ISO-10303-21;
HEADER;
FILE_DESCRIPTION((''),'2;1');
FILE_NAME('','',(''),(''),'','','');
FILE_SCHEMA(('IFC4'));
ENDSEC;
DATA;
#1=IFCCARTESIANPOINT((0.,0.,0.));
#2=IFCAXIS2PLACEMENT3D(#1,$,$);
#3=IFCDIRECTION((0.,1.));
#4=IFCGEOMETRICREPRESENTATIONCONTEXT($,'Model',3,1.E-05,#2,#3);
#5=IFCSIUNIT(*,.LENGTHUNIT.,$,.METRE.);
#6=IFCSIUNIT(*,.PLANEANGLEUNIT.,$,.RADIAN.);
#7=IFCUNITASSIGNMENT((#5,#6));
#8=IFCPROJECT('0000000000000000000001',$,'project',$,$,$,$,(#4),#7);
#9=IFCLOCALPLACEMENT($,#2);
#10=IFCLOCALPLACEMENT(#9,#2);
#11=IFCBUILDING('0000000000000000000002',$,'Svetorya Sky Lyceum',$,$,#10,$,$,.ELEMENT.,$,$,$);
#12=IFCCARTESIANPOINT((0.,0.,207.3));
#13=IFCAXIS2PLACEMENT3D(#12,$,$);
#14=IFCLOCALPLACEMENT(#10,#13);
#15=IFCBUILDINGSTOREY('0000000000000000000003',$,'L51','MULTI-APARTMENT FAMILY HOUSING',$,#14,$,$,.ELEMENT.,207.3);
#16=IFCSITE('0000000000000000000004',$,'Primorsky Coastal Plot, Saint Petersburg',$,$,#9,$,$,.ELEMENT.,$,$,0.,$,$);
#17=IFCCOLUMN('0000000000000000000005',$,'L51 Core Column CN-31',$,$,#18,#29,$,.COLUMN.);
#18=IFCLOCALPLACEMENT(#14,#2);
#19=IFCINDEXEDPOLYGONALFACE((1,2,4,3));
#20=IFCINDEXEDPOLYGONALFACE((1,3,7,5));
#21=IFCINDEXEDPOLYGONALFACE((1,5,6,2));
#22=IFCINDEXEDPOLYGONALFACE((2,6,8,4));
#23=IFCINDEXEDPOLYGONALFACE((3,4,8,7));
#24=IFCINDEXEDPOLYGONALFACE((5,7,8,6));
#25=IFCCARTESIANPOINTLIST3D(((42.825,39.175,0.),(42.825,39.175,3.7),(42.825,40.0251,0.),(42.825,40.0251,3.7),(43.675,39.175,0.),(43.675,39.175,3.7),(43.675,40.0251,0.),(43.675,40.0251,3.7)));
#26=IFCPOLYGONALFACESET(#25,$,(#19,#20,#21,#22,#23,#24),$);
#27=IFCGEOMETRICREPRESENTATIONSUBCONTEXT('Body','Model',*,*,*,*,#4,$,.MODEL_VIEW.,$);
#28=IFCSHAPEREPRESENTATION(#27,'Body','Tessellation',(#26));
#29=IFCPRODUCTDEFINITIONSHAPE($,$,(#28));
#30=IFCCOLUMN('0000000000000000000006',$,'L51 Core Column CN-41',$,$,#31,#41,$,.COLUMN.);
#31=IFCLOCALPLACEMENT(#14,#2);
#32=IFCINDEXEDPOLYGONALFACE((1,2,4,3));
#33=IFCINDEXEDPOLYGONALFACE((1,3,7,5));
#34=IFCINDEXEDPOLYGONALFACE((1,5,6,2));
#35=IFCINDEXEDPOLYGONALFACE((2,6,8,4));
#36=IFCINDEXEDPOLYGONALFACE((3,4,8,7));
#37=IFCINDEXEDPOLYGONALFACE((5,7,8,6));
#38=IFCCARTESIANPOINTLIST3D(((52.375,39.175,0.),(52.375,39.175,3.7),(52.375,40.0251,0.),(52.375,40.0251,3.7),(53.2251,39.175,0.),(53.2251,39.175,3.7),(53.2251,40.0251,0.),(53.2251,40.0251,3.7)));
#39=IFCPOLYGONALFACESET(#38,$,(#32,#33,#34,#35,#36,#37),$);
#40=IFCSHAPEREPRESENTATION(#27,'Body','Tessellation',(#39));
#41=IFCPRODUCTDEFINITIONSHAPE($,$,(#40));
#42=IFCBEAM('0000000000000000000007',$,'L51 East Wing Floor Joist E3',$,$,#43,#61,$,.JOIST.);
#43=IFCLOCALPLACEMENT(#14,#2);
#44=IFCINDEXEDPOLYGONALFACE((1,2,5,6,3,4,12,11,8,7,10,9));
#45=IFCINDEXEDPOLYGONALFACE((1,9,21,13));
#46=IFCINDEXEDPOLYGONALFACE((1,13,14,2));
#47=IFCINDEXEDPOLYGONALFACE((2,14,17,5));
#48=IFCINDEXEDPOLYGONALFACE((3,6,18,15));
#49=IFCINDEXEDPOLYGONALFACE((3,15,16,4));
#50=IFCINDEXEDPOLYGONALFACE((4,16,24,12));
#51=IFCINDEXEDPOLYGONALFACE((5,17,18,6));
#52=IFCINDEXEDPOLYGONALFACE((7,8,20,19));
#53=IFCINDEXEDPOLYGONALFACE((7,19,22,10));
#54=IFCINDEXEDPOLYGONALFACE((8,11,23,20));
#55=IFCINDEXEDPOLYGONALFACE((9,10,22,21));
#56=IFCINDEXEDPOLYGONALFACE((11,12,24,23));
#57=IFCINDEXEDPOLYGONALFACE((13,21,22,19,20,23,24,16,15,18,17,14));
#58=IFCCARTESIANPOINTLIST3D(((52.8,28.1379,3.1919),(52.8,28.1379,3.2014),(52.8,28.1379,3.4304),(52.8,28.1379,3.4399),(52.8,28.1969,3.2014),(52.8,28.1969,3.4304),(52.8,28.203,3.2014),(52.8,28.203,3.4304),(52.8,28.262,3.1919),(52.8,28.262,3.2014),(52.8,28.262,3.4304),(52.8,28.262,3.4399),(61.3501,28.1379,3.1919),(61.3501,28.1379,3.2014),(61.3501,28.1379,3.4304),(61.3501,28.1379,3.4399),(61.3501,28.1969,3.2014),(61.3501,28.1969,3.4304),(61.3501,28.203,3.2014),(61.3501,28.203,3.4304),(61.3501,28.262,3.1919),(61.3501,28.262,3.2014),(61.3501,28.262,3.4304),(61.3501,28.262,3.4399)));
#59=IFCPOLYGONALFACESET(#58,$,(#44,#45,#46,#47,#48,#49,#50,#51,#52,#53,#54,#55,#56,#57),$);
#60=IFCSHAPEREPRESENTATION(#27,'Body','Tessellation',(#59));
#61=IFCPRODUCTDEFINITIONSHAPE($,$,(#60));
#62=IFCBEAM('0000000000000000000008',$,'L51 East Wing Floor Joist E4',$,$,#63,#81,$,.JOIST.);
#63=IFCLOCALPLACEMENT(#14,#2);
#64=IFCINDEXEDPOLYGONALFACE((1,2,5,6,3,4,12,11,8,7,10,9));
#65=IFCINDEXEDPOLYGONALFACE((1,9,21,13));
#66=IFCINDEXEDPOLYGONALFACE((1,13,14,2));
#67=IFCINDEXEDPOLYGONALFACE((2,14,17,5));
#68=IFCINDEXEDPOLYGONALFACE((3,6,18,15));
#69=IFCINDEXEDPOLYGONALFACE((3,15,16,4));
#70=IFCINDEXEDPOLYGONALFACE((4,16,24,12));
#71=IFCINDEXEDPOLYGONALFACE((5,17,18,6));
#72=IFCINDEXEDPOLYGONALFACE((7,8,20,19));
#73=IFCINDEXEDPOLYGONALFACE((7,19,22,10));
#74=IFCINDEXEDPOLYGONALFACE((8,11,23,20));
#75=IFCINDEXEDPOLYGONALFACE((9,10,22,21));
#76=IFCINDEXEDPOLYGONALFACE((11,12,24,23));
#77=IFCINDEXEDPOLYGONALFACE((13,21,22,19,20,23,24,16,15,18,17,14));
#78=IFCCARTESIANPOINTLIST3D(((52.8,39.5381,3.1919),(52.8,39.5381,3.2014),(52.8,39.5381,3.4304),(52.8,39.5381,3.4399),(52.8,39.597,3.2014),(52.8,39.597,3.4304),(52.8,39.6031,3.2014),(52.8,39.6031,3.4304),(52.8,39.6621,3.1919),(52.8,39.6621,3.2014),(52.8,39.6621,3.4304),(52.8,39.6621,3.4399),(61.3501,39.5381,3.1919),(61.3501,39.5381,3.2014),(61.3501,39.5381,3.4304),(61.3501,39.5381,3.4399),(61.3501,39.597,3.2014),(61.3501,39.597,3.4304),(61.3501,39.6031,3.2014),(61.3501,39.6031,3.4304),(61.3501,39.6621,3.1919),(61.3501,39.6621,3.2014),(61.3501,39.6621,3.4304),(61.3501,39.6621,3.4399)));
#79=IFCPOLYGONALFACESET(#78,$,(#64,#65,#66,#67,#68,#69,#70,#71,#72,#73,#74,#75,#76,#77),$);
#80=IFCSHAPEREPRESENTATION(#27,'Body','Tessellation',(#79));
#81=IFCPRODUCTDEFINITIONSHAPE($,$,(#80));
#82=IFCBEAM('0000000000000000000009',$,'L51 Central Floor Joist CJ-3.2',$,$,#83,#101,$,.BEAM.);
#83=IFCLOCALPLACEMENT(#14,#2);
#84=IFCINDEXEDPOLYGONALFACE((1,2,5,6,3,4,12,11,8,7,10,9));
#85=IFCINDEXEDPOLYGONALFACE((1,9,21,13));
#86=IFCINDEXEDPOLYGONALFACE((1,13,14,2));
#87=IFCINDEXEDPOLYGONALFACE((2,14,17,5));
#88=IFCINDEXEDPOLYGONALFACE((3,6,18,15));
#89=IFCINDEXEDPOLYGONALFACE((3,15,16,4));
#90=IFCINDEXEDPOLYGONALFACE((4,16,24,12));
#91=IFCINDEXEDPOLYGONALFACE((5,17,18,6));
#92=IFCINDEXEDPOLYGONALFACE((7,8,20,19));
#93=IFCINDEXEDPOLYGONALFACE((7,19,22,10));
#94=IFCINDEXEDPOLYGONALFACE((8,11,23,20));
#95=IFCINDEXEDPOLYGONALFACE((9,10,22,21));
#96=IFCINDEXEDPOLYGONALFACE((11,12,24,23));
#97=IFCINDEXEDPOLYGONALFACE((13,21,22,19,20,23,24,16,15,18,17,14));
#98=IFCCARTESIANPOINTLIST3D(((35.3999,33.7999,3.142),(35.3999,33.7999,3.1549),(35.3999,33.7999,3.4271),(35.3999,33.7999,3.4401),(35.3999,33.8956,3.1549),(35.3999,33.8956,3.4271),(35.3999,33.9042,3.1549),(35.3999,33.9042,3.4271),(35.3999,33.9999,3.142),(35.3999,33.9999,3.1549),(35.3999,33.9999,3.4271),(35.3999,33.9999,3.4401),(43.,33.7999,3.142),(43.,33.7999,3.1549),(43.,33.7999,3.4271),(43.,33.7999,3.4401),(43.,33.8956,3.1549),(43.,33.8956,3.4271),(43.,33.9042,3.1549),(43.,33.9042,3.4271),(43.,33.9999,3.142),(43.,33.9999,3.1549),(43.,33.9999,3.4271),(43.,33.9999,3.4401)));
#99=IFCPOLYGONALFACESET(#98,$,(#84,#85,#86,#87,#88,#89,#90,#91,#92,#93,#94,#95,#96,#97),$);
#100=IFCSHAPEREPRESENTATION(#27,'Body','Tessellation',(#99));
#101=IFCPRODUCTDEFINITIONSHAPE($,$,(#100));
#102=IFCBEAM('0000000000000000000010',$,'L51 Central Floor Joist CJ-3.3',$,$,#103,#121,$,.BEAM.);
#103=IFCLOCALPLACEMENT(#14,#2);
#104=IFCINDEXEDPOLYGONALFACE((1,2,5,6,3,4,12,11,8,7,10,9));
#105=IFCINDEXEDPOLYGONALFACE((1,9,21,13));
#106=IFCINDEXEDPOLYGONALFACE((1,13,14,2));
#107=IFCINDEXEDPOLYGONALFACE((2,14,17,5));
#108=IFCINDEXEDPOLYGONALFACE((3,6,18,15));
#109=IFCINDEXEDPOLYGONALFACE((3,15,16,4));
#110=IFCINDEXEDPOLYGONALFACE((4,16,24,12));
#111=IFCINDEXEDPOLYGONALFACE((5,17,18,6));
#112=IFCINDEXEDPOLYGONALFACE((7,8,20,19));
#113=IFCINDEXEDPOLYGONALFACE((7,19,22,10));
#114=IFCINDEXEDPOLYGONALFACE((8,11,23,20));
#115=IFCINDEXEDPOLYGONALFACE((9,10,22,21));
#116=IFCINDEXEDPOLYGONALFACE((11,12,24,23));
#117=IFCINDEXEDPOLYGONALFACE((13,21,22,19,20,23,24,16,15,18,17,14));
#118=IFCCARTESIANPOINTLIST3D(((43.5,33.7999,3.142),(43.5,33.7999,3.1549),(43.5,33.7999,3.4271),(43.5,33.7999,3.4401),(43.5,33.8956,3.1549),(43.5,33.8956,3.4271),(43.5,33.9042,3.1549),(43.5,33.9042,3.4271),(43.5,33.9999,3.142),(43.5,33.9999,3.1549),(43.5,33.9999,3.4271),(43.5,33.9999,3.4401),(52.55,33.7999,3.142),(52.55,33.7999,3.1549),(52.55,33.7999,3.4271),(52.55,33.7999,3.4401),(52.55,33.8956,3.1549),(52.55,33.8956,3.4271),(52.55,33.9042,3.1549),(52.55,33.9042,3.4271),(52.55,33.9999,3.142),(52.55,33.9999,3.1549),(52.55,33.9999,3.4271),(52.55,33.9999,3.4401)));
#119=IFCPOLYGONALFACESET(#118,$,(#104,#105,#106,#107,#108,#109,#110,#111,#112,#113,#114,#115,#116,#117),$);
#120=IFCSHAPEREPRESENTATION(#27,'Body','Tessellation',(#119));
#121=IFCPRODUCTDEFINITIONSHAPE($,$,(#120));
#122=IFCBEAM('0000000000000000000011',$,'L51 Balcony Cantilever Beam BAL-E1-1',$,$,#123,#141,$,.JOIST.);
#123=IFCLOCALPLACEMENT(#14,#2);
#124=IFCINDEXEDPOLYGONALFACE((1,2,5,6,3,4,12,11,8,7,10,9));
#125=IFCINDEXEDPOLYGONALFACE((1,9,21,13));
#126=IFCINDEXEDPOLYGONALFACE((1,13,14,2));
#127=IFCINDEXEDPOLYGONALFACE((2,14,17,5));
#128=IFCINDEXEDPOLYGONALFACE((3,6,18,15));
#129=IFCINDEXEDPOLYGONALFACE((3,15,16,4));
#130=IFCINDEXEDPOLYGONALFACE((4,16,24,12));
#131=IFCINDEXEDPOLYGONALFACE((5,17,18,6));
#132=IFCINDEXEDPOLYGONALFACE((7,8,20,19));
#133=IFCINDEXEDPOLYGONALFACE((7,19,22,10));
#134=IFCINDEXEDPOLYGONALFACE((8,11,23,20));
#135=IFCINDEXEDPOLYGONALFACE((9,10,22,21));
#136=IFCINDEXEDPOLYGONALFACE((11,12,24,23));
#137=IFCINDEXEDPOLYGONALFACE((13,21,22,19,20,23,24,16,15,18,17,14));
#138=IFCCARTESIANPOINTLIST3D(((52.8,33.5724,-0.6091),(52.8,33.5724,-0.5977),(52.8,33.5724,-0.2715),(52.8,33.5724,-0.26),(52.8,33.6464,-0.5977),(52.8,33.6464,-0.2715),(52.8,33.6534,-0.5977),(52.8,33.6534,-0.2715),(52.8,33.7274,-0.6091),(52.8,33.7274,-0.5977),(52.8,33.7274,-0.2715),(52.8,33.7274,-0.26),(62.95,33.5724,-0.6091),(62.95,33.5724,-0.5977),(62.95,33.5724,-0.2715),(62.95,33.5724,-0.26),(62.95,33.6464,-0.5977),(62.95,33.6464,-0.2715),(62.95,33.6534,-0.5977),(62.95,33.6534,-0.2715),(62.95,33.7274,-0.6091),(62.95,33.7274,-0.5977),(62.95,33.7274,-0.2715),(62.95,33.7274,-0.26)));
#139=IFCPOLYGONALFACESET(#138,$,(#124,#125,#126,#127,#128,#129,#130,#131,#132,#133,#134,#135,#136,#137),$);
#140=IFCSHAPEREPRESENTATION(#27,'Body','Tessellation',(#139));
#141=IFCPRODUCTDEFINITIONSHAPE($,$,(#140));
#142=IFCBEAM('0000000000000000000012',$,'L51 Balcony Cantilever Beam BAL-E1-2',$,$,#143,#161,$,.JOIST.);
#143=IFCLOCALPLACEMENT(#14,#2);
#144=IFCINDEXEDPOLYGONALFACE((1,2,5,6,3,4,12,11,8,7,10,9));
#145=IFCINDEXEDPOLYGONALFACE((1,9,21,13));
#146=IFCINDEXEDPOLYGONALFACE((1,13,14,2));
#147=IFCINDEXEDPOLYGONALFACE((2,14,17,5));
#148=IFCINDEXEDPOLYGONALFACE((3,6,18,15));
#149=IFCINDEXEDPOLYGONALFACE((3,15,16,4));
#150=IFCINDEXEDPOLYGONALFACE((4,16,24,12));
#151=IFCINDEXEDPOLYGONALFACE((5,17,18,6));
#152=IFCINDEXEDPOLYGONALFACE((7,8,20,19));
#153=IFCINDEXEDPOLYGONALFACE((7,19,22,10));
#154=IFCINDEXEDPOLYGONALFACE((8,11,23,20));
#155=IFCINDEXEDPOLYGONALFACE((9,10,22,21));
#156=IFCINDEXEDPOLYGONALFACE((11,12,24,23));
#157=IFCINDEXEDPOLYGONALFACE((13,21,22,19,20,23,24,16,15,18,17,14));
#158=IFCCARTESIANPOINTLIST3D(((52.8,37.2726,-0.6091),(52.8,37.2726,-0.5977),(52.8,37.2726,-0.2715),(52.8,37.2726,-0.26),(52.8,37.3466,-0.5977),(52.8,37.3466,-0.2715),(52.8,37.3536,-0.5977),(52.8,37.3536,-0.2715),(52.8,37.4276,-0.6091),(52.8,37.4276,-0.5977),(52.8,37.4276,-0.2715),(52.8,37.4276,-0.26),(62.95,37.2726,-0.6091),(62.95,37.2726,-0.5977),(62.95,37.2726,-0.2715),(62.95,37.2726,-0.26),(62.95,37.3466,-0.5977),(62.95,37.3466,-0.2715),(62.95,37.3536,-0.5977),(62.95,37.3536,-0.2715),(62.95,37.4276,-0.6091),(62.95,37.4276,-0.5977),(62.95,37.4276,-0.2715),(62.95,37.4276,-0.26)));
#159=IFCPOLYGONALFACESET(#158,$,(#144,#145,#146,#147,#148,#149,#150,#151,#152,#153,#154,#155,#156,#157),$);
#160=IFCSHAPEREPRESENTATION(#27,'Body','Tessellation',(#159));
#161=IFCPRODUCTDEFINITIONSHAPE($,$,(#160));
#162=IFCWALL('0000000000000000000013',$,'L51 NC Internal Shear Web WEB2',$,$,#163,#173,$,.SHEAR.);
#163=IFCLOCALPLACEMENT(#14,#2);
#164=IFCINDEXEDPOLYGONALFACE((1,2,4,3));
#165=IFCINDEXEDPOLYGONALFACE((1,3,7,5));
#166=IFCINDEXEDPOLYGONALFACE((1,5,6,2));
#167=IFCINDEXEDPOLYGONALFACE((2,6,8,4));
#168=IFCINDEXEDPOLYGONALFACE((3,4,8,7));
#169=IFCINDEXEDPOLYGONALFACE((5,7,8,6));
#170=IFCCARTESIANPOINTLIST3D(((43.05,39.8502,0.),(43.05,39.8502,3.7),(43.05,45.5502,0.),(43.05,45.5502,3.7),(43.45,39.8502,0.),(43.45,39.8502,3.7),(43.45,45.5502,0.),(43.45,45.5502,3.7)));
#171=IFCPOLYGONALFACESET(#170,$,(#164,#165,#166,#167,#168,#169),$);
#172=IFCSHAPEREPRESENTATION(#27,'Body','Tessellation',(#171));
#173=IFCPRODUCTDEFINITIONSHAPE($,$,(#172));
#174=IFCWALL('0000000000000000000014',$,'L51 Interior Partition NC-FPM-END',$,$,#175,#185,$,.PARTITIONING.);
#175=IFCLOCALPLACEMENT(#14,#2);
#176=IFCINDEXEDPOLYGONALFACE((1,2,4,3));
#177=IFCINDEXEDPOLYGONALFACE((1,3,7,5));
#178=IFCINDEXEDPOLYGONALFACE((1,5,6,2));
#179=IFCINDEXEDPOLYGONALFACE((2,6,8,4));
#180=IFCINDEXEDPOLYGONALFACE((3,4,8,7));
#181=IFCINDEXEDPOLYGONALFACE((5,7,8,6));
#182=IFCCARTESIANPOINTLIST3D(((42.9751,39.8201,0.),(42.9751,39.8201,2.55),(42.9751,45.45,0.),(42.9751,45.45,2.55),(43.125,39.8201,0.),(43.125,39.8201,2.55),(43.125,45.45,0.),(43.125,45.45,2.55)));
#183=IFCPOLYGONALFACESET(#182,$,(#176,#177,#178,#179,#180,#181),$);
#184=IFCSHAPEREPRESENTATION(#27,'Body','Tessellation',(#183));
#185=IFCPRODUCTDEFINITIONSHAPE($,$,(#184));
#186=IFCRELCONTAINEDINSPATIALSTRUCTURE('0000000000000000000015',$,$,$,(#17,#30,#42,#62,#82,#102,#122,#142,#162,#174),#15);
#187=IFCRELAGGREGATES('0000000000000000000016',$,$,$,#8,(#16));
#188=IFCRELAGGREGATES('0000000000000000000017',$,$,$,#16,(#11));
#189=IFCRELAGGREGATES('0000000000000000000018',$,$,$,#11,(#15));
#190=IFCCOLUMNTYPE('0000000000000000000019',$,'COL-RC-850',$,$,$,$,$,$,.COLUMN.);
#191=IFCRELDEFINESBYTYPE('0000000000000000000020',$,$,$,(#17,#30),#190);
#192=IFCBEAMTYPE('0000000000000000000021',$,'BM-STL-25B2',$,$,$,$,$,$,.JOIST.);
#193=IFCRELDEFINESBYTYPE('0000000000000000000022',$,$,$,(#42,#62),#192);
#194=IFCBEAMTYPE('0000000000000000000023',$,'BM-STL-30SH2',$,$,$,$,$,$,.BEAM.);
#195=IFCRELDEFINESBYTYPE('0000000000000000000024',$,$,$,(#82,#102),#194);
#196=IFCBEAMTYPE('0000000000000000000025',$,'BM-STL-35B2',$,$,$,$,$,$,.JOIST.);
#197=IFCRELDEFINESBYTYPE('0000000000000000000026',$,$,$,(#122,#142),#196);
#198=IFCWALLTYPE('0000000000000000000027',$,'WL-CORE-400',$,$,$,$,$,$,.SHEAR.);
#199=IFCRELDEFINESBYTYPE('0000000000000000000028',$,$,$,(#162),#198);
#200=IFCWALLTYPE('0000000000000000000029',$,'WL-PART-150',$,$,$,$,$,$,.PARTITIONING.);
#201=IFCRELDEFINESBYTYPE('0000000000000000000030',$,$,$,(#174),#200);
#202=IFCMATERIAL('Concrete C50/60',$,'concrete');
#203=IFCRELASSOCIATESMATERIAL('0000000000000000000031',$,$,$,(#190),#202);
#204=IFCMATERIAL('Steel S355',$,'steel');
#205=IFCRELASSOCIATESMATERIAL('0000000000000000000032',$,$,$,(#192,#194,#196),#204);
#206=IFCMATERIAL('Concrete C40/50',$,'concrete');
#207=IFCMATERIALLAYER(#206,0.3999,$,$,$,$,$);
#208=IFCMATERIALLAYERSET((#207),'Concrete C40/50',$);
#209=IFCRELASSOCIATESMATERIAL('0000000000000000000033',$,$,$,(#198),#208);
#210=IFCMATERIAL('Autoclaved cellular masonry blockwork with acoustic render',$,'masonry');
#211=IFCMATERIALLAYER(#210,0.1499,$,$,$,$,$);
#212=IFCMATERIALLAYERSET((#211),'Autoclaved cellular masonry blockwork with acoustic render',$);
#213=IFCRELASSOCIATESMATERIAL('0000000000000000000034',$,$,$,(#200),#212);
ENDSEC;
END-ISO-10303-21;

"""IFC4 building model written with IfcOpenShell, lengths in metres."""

from ifc_helpers import new_model, si_unit, direction, frame, frame_2d, origin, origin_2d, place, context, subcontext, project, spatial, rectangle, i_section, extrude, material, layer, layer_set, material_profile, profile_set, type_object, element, save


model = new_model("IFC4")

# Units and contexts
model_context = context("Model", 3, precision=1e-05, world=origin(), true_north=direction((0.0, 1.0)))
body_context = subcontext(model_context, "Body", "Model", "MODEL_VIEW")
ifc_project = project(units=[si_unit("LENGTHUNIT", "METRE"), si_unit("PLANEANGLEUNIT", "RADIAN")], contexts=[model_context])

# Site, building, storey
site_placement = place(None, origin())
site = spatial("IfcSite", under=ifc_project, at=site_placement, Name="Primorsky Coastal Plot, Saint Petersburg", CompositionType="ELEMENT", RefElevation=0.0)
building_placement = place(site_placement, origin())
building = spatial("IfcBuilding", under=site, at=building_placement, Name="Svetorya Sky Lyceum", CompositionType="ELEMENT")
storey_placement = place(building_placement, frame((0.0, 0.0, 207.3)))
storey = spatial("IfcBuildingStorey", under=building, at=storey_placement, Name="L51", Description="MULTI-APARTMENT FAMILY HOUSING", CompositionType="ELEMENT", Elevation=207.3)

# Columns
ifc_material_1 = material(Name="Concrete C50/60", Category="concrete")
ifc_material_profile_1 = material_profile(ifc_material_1, rectangle(XDim=0.8501, YDim=0.8501, at=origin_2d()), Name="RC COL 850x850")
ifc_profile_set_1 = profile_set([ifc_material_profile_1], Name="Concrete C50/60")
column_type = type_object("IfcColumnType", Name="COL-RC-850", PredefinedType="COLUMN", material=ifc_profile_set_1)
for number, where, z_axis, x_axis, name in (
    (1, (43.25, 39.6001, 0.0), (0.0, 0.0, 1.0), (1.0, 0.0, 0.0), "L51 Core Column CN-31"),
    (2, (52.8, 39.6001, 0.0), (0.0, 0.0, 1.0), (1.0, 0.0, 0.0), "L51 Core Column CN-41"),
):
    element("IfcColumn", number, at=place(storey_placement, frame(where, z_axis=z_axis, x_axis=x_axis)), inside=storey, type_object=column_type, Name=name, PredefinedType="COLUMN", context=body_context, shape_type="SweptSolid", body=[
        extrude(rectangle(XDim=0.8501, YDim=0.8501, at=origin_2d()), origin(), (0.0, 0.0, 1.0), 3.7),
    ])

# Beams
ifc_material_2 = material(Name="Steel S355", Category="steel")
ifc_material_profile_2 = material_profile(ifc_material_2, i_section(OverallWidth=0.124, OverallDepth=0.248, WebThickness=0.0061, FlangeThickness=0.0095, at=origin_2d()), Name="GOST 25B2")
ifc_profile_set_2 = profile_set([ifc_material_profile_2], Name="Steel S355")
beam_type_1 = type_object("IfcBeamType", Name="BM-STL-25B2", PredefinedType="JOIST", material=ifc_profile_set_2)
for number, where, z_axis, x_axis, name in (
    (3, (52.8, 28.2, 3.3159), (1.0, 0.0, 0.0), (0.0, 1.0, 0.0), "L51 East Wing Floor Joist E3"),
    (4, (52.8, 39.6001, 3.3159), (1.0, 0.0, 0.0), (0.0, 1.0, 0.0), "L51 East Wing Floor Joist E4"),
):
    element("IfcBeam", number, at=place(storey_placement, frame(where, z_axis=z_axis, x_axis=x_axis)), inside=storey, type_object=beam_type_1, Name=name, PredefinedType="JOIST", context=body_context, shape_type="SweptSolid", body=[
        extrude(i_section(OverallWidth=0.124, OverallDepth=0.248, WebThickness=0.0061, FlangeThickness=0.0095, at=origin_2d()), origin(), (0.0, 0.0, 1.0), 8.55),
    ])
ifc_material_profile_3 = material_profile(ifc_material_2, i_section(OverallWidth=0.2, OverallDepth=0.2981, WebThickness=0.0085, FlangeThickness=0.0129, at=origin_2d()), Name="GOST 30Sh2")
ifc_profile_set_3 = profile_set([ifc_material_profile_3], Name="Steel S355")
beam_type_2 = type_object("IfcBeamType", Name="BM-STL-30SH2", PredefinedType="BEAM", material=ifc_profile_set_3)
beam_1_placement = place(storey_placement, frame((35.3999, 33.8999, 3.291), z_axis=(1.0, 0.0, 0.0), x_axis=(0.0, 1.0, 0.0)))
element("IfcBeam", 5, at=beam_1_placement, inside=storey, type_object=beam_type_2, Name="L51 Central Floor Joist CJ-3.2", PredefinedType="BEAM", context=body_context, shape_type="SweptSolid", body=[
    extrude(i_section(OverallWidth=0.2, OverallDepth=0.2981, WebThickness=0.0085, FlangeThickness=0.0129, at=origin_2d()), origin(), (0.0, 0.0, 1.0), 7.6001),
])
beam_2_placement = place(storey_placement, frame((43.5, 33.8999, 3.291), z_axis=(1.0, 0.0, 0.0), x_axis=(0.0, 1.0, 0.0)))
element("IfcBeam", 6, at=beam_2_placement, inside=storey, type_object=beam_type_2, Name="L51 Central Floor Joist CJ-3.3", PredefinedType="BEAM", context=body_context, shape_type="SweptSolid", body=[
    extrude(i_section(OverallWidth=0.2, OverallDepth=0.2981, WebThickness=0.0085, FlangeThickness=0.0129, at=origin_2d()), origin(), (0.0, 0.0, 1.0), 9.05),
])
ifc_material_profile_4 = material_profile(ifc_material_2, i_section(OverallWidth=0.155, OverallDepth=0.3491, WebThickness=0.0071, FlangeThickness=0.0115, at=origin_2d()), Name="GOST 35B2")
ifc_profile_set_4 = profile_set([ifc_material_profile_4], Name="Steel S355")
beam_type_3 = type_object("IfcBeamType", Name="BM-STL-35B2", PredefinedType="JOIST", material=ifc_profile_set_4)
for number, where, z_axis, x_axis, name in (
    (7, (52.8, 33.6499, -0.4346), (1.0, 0.0, 0.0), (0.0, 1.0, 0.0), "L51 Balcony Cantilever Beam BAL-E1-1"),
    (8, (52.8, 37.3501, -0.4346), (1.0, 0.0, 0.0), (0.0, 1.0, 0.0), "L51 Balcony Cantilever Beam BAL-E1-2"),
):
    element("IfcBeam", number, at=place(storey_placement, frame(where, z_axis=z_axis, x_axis=x_axis)), inside=storey, type_object=beam_type_3, Name=name, PredefinedType="JOIST", context=body_context, shape_type="SweptSolid", body=[
        extrude(i_section(OverallWidth=0.155, OverallDepth=0.3491, WebThickness=0.0071, FlangeThickness=0.0115, at=origin_2d()), origin(), (0.0, 0.0, 1.0), 10.1499),
    ])

# Wall
ifc_material_3 = material(Name="Concrete C40/50", Category="concrete")
ifc_layer_1 = layer(ifc_material_3, 0.3999)
ifc_layer_set_1 = layer_set([ifc_layer_1], Name="Concrete C40/50")
wall_type_1 = type_object("IfcWallType", Name="WL-CORE-400", PredefinedType="SHEAR", material=ifc_layer_set_1)
wall_1_placement = place(storey_placement, frame((43.25, 39.8501, 0.0), z_axis=(0.0, 0.0, 1.0), x_axis=(0.0, 1.0, 0.0)))
element("IfcWall", 9, at=wall_1_placement, inside=storey, type_object=wall_type_1, Name="L51 NC Internal Shear Web WEB2", PredefinedType="SHEAR", context=body_context, shape_type="SweptSolid", body=[
    extrude(rectangle(XDim=5.7, YDim=0.3999, at=frame_2d((2.8501, 0.0))), origin(), (0.0, 0.0, 1.0), 3.7),
])

# Wall
ifc_material_4 = material(Name="Autoclaved cellular masonry blockwork with acoustic render", Category="masonry")
ifc_layer_2 = layer(ifc_material_4, 0.1499)
ifc_layer_set_2 = layer_set([ifc_layer_2], Name="Autoclaved cellular masonry blockwork with acoustic render")
wall_type_2 = type_object("IfcWallType", Name="WL-PART-150", PredefinedType="PARTITIONING", material=ifc_layer_set_2)
for number, where, z_axis, x_axis, name in (
    (10, (43.05, 39.8201, 0.0), (0.0, 0.0, 1.0), (0.0, 1.0, 0.0), "L51 Interior Partition NC-FPM-END"),
):
    element("IfcWall", number, at=place(storey_placement, frame(where, z_axis=z_axis, x_axis=x_axis)), inside=storey, type_object=wall_type_2, Name=name, PredefinedType="PARTITIONING", context=body_context, shape_type="SweptSolid", body=[
        extrude(rectangle(XDim=5.6299, YDim=0.1499, at=frame_2d((2.8149, 0.0))), origin(), (0.0, 0.0, 1.0), 2.55),
    ])

save(model, "model.ifc")
